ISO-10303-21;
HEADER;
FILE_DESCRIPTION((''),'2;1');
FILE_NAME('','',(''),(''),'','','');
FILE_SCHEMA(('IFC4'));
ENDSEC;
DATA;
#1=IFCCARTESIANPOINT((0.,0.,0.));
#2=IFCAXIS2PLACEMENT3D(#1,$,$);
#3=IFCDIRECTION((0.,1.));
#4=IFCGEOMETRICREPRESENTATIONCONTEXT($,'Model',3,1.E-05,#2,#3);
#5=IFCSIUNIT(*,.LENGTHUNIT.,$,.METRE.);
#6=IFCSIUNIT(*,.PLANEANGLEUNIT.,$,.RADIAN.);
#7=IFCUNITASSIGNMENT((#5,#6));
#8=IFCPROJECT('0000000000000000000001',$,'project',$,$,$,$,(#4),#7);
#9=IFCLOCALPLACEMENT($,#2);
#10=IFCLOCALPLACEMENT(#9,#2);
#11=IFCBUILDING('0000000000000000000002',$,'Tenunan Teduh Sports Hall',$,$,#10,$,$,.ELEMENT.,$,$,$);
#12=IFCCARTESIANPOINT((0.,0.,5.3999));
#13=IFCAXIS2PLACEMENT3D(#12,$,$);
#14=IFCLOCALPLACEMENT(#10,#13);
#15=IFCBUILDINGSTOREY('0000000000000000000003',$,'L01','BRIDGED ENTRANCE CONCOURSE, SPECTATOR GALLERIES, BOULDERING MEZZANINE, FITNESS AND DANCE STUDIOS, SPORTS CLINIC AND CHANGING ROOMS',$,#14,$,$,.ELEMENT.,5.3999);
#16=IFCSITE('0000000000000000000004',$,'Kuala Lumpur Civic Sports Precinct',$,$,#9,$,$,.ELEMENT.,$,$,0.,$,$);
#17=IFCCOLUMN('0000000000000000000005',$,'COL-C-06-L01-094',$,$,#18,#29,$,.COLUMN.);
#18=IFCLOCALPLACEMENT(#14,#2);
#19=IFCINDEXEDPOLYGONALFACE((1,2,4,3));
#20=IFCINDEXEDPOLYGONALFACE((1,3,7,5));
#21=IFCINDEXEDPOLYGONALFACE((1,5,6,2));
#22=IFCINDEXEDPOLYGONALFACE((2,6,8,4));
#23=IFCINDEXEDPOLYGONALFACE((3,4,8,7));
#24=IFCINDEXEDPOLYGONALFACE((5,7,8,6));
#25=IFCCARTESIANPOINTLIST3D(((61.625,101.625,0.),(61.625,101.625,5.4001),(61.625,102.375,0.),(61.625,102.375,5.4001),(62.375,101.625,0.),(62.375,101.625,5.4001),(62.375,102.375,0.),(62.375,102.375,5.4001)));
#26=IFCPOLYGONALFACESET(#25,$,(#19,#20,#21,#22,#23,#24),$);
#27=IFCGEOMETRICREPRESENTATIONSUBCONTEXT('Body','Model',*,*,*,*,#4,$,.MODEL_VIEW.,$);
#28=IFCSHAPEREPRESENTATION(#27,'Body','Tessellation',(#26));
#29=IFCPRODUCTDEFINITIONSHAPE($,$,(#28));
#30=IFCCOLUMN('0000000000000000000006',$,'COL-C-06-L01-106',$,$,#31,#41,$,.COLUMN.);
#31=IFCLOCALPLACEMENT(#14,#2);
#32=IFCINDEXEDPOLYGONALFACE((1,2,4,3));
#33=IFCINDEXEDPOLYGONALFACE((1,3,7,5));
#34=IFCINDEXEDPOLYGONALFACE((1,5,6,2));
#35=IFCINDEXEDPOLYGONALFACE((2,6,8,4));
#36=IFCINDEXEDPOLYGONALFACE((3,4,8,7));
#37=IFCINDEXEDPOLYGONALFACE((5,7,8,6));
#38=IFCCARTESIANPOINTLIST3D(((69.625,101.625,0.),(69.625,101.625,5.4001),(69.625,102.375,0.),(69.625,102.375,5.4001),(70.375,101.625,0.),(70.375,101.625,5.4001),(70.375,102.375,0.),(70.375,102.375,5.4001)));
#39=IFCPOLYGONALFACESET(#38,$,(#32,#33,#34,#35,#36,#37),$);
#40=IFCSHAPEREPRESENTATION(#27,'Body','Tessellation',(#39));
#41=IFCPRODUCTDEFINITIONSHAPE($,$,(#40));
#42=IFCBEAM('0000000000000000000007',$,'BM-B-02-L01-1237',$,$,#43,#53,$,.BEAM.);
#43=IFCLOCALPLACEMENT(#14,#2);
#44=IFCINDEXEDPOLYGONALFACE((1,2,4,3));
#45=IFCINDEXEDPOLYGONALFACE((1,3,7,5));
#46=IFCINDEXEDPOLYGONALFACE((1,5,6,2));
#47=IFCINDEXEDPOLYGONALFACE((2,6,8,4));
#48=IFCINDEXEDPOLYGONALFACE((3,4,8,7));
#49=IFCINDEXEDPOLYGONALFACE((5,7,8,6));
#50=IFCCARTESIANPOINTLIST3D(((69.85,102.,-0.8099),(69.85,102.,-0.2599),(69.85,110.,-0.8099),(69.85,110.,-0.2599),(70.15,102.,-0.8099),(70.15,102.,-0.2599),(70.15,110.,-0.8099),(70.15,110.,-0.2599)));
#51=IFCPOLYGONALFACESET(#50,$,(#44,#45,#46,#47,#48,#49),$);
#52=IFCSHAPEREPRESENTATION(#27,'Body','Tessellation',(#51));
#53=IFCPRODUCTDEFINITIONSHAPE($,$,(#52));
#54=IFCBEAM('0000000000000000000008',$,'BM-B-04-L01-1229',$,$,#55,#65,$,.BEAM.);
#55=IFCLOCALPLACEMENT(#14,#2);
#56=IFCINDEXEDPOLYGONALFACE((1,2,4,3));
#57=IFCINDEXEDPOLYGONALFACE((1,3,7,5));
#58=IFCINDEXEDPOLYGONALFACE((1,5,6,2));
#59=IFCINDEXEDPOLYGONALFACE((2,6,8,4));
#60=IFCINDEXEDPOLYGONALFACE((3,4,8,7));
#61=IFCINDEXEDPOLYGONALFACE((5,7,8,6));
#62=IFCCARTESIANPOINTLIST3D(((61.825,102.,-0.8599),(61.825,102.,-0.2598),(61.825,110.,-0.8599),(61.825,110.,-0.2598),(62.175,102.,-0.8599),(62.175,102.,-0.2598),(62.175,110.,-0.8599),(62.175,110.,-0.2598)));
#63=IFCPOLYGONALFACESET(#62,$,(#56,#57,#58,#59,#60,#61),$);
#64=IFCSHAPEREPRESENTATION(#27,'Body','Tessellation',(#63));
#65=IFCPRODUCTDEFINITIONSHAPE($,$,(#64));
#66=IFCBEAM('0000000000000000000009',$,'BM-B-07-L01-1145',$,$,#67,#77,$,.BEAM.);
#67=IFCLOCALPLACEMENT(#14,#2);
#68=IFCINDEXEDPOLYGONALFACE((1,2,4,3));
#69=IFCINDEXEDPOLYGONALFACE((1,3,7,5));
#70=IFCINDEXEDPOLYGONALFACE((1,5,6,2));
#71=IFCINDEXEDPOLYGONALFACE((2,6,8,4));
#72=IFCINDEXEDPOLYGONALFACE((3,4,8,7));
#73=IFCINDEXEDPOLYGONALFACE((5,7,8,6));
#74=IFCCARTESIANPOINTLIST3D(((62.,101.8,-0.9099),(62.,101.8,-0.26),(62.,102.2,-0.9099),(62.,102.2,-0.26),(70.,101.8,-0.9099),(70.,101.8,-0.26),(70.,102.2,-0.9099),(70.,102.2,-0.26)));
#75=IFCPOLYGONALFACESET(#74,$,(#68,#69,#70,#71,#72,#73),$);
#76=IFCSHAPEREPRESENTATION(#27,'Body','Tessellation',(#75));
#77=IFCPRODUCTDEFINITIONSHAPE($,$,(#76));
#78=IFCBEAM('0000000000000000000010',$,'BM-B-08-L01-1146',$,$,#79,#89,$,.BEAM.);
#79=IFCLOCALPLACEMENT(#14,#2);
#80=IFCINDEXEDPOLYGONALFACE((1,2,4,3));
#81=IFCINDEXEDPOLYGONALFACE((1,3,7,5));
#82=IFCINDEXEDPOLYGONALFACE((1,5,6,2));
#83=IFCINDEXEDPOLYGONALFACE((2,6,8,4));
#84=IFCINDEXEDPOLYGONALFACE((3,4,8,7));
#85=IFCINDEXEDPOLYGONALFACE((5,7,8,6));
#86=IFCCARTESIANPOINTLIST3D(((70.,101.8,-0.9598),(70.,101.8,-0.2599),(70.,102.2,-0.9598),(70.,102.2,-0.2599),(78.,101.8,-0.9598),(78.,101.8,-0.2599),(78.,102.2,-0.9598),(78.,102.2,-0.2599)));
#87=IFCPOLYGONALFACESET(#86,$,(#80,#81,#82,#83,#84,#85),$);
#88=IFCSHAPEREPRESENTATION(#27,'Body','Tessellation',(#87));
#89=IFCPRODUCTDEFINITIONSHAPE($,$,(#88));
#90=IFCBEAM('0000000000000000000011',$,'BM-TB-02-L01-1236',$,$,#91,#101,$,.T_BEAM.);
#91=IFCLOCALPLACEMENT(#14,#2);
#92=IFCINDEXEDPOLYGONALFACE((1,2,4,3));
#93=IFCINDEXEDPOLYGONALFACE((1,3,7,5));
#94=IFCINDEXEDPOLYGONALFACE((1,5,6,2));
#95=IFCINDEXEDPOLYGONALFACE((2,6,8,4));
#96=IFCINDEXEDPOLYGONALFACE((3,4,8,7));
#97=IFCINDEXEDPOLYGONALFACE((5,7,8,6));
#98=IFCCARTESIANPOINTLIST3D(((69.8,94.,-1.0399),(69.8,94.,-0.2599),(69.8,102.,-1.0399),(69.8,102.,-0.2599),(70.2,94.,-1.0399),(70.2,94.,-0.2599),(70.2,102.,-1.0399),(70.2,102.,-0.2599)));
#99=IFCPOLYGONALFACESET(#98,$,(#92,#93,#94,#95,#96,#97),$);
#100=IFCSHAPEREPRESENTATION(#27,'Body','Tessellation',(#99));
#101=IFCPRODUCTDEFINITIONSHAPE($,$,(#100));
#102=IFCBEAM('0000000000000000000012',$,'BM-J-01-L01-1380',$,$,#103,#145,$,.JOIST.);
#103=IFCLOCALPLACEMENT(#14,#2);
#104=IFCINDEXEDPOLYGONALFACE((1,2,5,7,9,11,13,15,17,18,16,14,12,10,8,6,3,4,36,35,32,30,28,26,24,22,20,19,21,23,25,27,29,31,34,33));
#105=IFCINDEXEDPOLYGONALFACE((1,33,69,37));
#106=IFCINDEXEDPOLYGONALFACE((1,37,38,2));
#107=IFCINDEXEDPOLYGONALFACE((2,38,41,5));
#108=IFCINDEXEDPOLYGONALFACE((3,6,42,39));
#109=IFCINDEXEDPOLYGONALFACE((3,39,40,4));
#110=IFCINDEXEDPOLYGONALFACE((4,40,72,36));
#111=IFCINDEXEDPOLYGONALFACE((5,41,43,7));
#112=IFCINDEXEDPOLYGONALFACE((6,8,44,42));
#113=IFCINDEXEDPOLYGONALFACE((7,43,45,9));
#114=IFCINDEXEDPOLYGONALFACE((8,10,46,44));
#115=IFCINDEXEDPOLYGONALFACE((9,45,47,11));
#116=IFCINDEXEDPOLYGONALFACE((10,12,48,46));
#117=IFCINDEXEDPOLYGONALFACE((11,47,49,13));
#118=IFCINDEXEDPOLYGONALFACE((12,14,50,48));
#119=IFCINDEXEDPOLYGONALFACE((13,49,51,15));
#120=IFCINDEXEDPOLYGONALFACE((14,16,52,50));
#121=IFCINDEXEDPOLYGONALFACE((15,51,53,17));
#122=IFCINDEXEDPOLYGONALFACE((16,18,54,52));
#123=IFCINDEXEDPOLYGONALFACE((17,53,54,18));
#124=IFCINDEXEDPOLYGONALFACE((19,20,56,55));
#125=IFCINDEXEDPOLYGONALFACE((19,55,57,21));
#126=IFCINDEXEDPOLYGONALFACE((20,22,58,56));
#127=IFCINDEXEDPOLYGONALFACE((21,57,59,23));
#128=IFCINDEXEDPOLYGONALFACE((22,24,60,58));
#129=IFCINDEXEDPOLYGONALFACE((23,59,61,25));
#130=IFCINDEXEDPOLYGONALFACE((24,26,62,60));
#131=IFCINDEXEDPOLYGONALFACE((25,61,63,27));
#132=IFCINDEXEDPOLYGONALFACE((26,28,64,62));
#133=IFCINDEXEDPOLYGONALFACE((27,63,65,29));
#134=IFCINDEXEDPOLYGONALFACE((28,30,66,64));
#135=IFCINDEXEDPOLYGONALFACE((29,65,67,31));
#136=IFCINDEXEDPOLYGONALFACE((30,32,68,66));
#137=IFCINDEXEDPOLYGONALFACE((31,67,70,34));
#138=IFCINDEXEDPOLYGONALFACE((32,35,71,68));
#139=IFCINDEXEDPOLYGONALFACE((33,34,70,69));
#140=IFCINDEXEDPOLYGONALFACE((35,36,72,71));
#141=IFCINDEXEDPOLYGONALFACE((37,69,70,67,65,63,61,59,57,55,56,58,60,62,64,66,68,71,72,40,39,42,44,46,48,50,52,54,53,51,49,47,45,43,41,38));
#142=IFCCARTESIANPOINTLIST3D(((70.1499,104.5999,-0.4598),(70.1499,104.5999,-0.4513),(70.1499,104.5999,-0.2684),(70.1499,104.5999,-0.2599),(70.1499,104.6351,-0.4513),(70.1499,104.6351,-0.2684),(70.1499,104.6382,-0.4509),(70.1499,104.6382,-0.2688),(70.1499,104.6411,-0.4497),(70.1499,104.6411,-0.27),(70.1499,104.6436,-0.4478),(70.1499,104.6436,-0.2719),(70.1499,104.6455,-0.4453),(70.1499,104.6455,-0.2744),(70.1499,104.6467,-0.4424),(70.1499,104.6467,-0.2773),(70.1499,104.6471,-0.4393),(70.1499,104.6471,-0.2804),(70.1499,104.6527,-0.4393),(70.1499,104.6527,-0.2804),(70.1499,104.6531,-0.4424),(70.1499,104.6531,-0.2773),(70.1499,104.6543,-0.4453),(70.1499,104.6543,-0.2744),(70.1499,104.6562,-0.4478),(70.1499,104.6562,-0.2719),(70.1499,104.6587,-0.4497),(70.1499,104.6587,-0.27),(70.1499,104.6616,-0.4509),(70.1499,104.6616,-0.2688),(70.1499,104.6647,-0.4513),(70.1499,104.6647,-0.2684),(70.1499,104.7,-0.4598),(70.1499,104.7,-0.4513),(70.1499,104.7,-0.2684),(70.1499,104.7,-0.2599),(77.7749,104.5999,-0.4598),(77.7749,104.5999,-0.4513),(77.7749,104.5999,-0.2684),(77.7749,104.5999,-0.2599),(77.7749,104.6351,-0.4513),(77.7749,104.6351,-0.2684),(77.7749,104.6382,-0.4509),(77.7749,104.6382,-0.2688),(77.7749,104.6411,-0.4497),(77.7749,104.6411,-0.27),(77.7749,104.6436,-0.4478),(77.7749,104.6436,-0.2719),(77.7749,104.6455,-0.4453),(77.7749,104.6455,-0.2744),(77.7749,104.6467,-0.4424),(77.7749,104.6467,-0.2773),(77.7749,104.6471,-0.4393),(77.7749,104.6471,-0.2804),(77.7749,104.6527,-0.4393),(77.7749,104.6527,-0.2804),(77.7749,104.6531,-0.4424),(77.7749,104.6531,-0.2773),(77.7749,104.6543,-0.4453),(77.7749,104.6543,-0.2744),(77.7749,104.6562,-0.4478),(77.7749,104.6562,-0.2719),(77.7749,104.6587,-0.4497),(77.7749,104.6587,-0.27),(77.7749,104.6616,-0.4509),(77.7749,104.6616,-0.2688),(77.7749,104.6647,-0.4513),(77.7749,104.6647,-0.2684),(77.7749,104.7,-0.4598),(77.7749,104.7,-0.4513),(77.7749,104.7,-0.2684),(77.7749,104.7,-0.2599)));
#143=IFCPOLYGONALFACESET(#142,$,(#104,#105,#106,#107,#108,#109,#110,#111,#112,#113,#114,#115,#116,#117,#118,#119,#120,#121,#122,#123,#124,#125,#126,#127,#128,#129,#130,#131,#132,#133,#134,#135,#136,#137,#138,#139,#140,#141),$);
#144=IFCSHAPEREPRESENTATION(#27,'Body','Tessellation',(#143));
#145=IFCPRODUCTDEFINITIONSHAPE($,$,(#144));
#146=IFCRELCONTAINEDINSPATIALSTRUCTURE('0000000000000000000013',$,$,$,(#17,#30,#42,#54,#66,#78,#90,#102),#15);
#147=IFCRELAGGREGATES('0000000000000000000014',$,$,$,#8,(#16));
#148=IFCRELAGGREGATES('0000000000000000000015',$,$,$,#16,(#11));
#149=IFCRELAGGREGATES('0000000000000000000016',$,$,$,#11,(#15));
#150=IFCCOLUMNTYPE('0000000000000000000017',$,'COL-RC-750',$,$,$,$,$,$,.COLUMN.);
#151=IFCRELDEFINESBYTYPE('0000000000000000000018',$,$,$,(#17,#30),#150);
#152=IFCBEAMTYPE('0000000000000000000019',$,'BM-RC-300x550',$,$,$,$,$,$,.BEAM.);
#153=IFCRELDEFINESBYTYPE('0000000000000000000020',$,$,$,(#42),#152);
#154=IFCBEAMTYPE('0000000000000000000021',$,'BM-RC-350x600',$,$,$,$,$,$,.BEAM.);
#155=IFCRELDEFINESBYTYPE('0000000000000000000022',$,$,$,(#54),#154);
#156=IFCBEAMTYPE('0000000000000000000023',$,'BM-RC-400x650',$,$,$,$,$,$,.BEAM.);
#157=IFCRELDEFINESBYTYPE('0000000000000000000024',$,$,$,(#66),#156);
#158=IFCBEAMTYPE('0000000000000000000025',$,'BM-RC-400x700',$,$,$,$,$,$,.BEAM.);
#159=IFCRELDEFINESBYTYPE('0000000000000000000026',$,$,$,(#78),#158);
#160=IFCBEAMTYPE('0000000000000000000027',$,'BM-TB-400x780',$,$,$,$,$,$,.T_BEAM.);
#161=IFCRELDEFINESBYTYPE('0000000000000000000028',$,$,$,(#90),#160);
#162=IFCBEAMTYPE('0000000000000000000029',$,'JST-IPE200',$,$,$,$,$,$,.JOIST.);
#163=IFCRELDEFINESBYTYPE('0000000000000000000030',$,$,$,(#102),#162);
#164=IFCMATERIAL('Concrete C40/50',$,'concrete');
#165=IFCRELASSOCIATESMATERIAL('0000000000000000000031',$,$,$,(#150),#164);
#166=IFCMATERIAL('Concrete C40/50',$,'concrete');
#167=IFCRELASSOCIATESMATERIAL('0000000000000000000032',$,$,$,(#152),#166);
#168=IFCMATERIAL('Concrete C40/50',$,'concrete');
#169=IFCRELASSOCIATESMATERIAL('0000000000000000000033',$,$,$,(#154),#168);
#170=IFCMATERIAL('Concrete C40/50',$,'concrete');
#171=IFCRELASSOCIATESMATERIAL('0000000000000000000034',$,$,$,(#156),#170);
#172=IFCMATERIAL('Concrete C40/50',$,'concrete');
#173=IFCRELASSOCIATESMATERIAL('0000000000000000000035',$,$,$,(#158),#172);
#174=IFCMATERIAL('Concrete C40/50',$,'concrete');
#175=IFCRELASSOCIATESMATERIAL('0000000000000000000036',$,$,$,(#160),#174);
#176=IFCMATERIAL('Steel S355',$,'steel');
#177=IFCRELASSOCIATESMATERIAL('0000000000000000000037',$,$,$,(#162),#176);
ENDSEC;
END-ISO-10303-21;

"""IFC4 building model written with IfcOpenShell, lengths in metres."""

from ifc_helpers import new_model, si_unit, direction, frame, origin, origin_2d, place, context, subcontext, project, spatial, rectangle, i_section, extrude, material, material_profile, profile_set, type_object, element, save


model = new_model("IFC4")

# Units and contexts
model_context = context("Model", 3, precision=1e-05, world=origin(), true_north=direction((0.0, 1.0)))
body_context = subcontext(model_context, "Body", "Model", "MODEL_VIEW")
ifc_project = project(units=[si_unit("LENGTHUNIT", "METRE"), si_unit("PLANEANGLEUNIT", "RADIAN")], contexts=[model_context])

# Site, building, storey
site_placement = place(None, origin())
site = spatial("IfcSite", under=ifc_project, at=site_placement, Name="Kuala Lumpur Civic Sports Precinct", CompositionType="ELEMENT", RefElevation=0.0)
building_placement = place(site_placement, origin())
building = spatial("IfcBuilding", under=site, at=building_placement, Name="Tenunan Teduh Sports Hall", CompositionType="ELEMENT")
storey_placement = place(building_placement, frame((0.0, 0.0, 5.3999)))
storey = spatial("IfcBuildingStorey", under=building, at=storey_placement, Name="L01", Description="BRIDGED ENTRANCE CONCOURSE, SPECTATOR GALLERIES, BOULDERING MEZZANINE, FITNESS AND DANCE STUDIOS, SPORTS CLINIC AND CHANGING ROOMS", CompositionType="ELEMENT", Elevation=5.3999)

# Columns
ifc_material_1 = material(Name="Concrete C40/50", Category="concrete")
ifc_material_profile_1 = material_profile(ifc_material_1, rectangle(XDim=0.75, YDim=0.75, at=origin_2d()), Name="RC 750x750")
ifc_profile_set_1 = profile_set([ifc_material_profile_1], Name="Concrete C40/50")
column_type = type_object("IfcColumnType", Name="COL-RC-750", PredefinedType="COLUMN", material=ifc_profile_set_1)
for number, where, z_axis, x_axis, name in (
    (1, (62.0, 102.0, 0.0), (0.0, 0.0, 1.0), (1.0, 0.0, 0.0), "COL-C-06-L01-094"),
    (2, (70.0, 102.0, 0.0), (0.0, 0.0, 1.0), (1.0, 0.0, 0.0), "COL-C-06-L01-106"),
):
    element("IfcColumn", number, at=place(storey_placement, frame(where, z_axis=z_axis, x_axis=x_axis)), inside=storey, type_object=column_type, Name=name, PredefinedType="COLUMN", context=body_context, shape_type="SweptSolid", body=[
        extrude(rectangle(XDim=0.75, YDim=0.75, at=origin_2d()), origin(), (0.0, 0.0, 1.0), 5.4001),
    ])

# Beams
ifc_material_2 = material(Name="Concrete C40/50", Category="concrete")
ifc_material_profile_2 = material_profile(ifc_material_2, rectangle(XDim=0.3, YDim=0.55, at=origin_2d()), Name="RCB 300x550")
ifc_profile_set_2 = profile_set([ifc_material_profile_2], Name="Concrete C40/50")
beam_type_1 = type_object("IfcBeamType", Name="BM-RC-300x550", PredefinedType="BEAM", material=ifc_profile_set_2)
beam_1_placement = place(storey_placement, frame((70.0, 102.0, -0.5349), z_axis=(0.0, 1.0, 0.0), x_axis=(-1.0, 0.0, 0.0)))
element("IfcBeam", 3, at=beam_1_placement, inside=storey, type_object=beam_type_1, Name="BM-B-02-L01-1237", PredefinedType="BEAM", context=body_context, shape_type="SweptSolid", body=[
    extrude(rectangle(XDim=0.3, YDim=0.55, at=origin_2d()), origin(), (0.0, 0.0, 1.0), 8.0),
])
ifc_material_3 = material(Name="Concrete C40/50", Category="concrete")
ifc_material_profile_3 = material_profile(ifc_material_3, rectangle(XDim=0.3501, YDim=0.6001, at=origin_2d()), Name="RCB 350x600")
ifc_profile_set_3 = profile_set([ifc_material_profile_3], Name="Concrete C40/50")
beam_type_2 = type_object("IfcBeamType", Name="BM-RC-350x600", PredefinedType="BEAM", material=ifc_profile_set_3)
beam_2_placement = place(storey_placement, frame((62.0, 102.0, -0.5598), z_axis=(0.0, 1.0, 0.0), x_axis=(-1.0, 0.0, 0.0)))
element("IfcBeam", 4, at=beam_2_placement, inside=storey, type_object=beam_type_2, Name="BM-B-04-L01-1229", PredefinedType="BEAM", context=body_context, shape_type="SweptSolid", body=[
    extrude(rectangle(XDim=0.3501, YDim=0.6001, at=origin_2d()), origin(), (0.0, 0.0, 1.0), 8.0),
])
ifc_material_4 = material(Name="Concrete C40/50", Category="concrete")
ifc_material_profile_4 = material_profile(ifc_material_4, rectangle(XDim=0.3999, YDim=0.6499, at=origin_2d()), Name="RCB 400x650")
ifc_profile_set_4 = profile_set([ifc_material_profile_4], Name="Concrete C40/50")
beam_type_3 = type_object("IfcBeamType", Name="BM-RC-400x650", PredefinedType="BEAM", material=ifc_profile_set_4)
beam_3_placement = place(storey_placement, frame((62.0, 102.0, -0.585), z_axis=(1.0, 0.0, 0.0), x_axis=(0.0, 1.0, 0.0)))
element("IfcBeam", 5, at=beam_3_placement, inside=storey, type_object=beam_type_3, Name="BM-B-07-L01-1145", PredefinedType="BEAM", context=body_context, shape_type="SweptSolid", body=[
    extrude(rectangle(XDim=0.3999, YDim=0.6499, at=origin_2d()), origin(), (0.0, 0.0, 1.0), 8.0),
])
ifc_material_5 = material(Name="Concrete C40/50", Category="concrete")
ifc_material_profile_5 = material_profile(ifc_material_5, rectangle(XDim=0.3999, YDim=0.7, at=origin_2d()), Name="RCB 400x700")
ifc_profile_set_5 = profile_set([ifc_material_profile_5], Name="Concrete C40/50")
beam_type_4 = type_object("IfcBeamType", Name="BM-RC-400x700", PredefinedType="BEAM", material=ifc_profile_set_5)
beam_4_placement = place(storey_placement, frame((70.0, 102.0, -0.6099), z_axis=(1.0, 0.0, 0.0), x_axis=(0.0, 1.0, 0.0)))
element("IfcBeam", 6, at=beam_4_placement, inside=storey, type_object=beam_type_4, Name="BM-B-08-L01-1146", PredefinedType="BEAM", context=body_context, shape_type="SweptSolid", body=[
    extrude(rectangle(XDim=0.3999, YDim=0.7, at=origin_2d()), origin(), (0.0, 0.0, 1.0), 8.0),
])
ifc_material_6 = material(Name="Concrete C40/50", Category="concrete")
ifc_material_profile_6 = material_profile(ifc_material_6, rectangle(XDim=0.3999, YDim=0.78, at=origin_2d()), Name="TB 400x780")
ifc_profile_set_6 = profile_set([ifc_material_profile_6], Name="Concrete C40/50")
beam_type_5 = type_object("IfcBeamType", Name="BM-TB-400x780", PredefinedType="T_BEAM", material=ifc_profile_set_6)
beam_5_placement = place(storey_placement, frame((70.0, 94.0, -0.6499), z_axis=(0.0, 1.0, 0.0), x_axis=(-1.0, 0.0, 0.0)))
element("IfcBeam", 7, at=beam_5_placement, inside=storey, type_object=beam_type_5, Name="BM-TB-02-L01-1236", PredefinedType="T_BEAM", context=body_context, shape_type="SweptSolid", body=[
    extrude(rectangle(XDim=0.3999, YDim=0.78, at=origin_2d()), origin(), (0.0, 0.0, 1.0), 8.0),
])
ifc_material_7 = material(Name="Steel S355", Category="steel")
ifc_material_profile_7 = material_profile(ifc_material_7, i_section(OverallWidth=0.1001, OverallDepth=0.2, WebThickness=0.0056, FlangeThickness=0.0085, FilletRadius=0.012, at=origin_2d()), Name="IPE 200")
ifc_profile_set_7 = profile_set([ifc_material_profile_7], Name="Steel S355")
beam_type_6 = type_object("IfcBeamType", Name="JST-IPE200", PredefinedType="JOIST", material=ifc_profile_set_7)
beam_6_placement = place(storey_placement, frame((70.1499, 104.6499, -0.3599), z_axis=(1.0, 0.0, 0.0), x_axis=(0.0, 1.0, 0.0)))
element("IfcBeam", 8, at=beam_6_placement, inside=storey, type_object=beam_type_6, Name="BM-J-01-L01-1380", PredefinedType="JOIST", context=body_context, shape_type="SweptSolid", body=[
    extrude(i_section(OverallWidth=0.1001, OverallDepth=0.2, WebThickness=0.0056, FlangeThickness=0.0085, FilletRadius=0.012, at=origin_2d()), origin(), (0.0, 0.0, 1.0), 7.625),
])

save(model, "model.ifc")
